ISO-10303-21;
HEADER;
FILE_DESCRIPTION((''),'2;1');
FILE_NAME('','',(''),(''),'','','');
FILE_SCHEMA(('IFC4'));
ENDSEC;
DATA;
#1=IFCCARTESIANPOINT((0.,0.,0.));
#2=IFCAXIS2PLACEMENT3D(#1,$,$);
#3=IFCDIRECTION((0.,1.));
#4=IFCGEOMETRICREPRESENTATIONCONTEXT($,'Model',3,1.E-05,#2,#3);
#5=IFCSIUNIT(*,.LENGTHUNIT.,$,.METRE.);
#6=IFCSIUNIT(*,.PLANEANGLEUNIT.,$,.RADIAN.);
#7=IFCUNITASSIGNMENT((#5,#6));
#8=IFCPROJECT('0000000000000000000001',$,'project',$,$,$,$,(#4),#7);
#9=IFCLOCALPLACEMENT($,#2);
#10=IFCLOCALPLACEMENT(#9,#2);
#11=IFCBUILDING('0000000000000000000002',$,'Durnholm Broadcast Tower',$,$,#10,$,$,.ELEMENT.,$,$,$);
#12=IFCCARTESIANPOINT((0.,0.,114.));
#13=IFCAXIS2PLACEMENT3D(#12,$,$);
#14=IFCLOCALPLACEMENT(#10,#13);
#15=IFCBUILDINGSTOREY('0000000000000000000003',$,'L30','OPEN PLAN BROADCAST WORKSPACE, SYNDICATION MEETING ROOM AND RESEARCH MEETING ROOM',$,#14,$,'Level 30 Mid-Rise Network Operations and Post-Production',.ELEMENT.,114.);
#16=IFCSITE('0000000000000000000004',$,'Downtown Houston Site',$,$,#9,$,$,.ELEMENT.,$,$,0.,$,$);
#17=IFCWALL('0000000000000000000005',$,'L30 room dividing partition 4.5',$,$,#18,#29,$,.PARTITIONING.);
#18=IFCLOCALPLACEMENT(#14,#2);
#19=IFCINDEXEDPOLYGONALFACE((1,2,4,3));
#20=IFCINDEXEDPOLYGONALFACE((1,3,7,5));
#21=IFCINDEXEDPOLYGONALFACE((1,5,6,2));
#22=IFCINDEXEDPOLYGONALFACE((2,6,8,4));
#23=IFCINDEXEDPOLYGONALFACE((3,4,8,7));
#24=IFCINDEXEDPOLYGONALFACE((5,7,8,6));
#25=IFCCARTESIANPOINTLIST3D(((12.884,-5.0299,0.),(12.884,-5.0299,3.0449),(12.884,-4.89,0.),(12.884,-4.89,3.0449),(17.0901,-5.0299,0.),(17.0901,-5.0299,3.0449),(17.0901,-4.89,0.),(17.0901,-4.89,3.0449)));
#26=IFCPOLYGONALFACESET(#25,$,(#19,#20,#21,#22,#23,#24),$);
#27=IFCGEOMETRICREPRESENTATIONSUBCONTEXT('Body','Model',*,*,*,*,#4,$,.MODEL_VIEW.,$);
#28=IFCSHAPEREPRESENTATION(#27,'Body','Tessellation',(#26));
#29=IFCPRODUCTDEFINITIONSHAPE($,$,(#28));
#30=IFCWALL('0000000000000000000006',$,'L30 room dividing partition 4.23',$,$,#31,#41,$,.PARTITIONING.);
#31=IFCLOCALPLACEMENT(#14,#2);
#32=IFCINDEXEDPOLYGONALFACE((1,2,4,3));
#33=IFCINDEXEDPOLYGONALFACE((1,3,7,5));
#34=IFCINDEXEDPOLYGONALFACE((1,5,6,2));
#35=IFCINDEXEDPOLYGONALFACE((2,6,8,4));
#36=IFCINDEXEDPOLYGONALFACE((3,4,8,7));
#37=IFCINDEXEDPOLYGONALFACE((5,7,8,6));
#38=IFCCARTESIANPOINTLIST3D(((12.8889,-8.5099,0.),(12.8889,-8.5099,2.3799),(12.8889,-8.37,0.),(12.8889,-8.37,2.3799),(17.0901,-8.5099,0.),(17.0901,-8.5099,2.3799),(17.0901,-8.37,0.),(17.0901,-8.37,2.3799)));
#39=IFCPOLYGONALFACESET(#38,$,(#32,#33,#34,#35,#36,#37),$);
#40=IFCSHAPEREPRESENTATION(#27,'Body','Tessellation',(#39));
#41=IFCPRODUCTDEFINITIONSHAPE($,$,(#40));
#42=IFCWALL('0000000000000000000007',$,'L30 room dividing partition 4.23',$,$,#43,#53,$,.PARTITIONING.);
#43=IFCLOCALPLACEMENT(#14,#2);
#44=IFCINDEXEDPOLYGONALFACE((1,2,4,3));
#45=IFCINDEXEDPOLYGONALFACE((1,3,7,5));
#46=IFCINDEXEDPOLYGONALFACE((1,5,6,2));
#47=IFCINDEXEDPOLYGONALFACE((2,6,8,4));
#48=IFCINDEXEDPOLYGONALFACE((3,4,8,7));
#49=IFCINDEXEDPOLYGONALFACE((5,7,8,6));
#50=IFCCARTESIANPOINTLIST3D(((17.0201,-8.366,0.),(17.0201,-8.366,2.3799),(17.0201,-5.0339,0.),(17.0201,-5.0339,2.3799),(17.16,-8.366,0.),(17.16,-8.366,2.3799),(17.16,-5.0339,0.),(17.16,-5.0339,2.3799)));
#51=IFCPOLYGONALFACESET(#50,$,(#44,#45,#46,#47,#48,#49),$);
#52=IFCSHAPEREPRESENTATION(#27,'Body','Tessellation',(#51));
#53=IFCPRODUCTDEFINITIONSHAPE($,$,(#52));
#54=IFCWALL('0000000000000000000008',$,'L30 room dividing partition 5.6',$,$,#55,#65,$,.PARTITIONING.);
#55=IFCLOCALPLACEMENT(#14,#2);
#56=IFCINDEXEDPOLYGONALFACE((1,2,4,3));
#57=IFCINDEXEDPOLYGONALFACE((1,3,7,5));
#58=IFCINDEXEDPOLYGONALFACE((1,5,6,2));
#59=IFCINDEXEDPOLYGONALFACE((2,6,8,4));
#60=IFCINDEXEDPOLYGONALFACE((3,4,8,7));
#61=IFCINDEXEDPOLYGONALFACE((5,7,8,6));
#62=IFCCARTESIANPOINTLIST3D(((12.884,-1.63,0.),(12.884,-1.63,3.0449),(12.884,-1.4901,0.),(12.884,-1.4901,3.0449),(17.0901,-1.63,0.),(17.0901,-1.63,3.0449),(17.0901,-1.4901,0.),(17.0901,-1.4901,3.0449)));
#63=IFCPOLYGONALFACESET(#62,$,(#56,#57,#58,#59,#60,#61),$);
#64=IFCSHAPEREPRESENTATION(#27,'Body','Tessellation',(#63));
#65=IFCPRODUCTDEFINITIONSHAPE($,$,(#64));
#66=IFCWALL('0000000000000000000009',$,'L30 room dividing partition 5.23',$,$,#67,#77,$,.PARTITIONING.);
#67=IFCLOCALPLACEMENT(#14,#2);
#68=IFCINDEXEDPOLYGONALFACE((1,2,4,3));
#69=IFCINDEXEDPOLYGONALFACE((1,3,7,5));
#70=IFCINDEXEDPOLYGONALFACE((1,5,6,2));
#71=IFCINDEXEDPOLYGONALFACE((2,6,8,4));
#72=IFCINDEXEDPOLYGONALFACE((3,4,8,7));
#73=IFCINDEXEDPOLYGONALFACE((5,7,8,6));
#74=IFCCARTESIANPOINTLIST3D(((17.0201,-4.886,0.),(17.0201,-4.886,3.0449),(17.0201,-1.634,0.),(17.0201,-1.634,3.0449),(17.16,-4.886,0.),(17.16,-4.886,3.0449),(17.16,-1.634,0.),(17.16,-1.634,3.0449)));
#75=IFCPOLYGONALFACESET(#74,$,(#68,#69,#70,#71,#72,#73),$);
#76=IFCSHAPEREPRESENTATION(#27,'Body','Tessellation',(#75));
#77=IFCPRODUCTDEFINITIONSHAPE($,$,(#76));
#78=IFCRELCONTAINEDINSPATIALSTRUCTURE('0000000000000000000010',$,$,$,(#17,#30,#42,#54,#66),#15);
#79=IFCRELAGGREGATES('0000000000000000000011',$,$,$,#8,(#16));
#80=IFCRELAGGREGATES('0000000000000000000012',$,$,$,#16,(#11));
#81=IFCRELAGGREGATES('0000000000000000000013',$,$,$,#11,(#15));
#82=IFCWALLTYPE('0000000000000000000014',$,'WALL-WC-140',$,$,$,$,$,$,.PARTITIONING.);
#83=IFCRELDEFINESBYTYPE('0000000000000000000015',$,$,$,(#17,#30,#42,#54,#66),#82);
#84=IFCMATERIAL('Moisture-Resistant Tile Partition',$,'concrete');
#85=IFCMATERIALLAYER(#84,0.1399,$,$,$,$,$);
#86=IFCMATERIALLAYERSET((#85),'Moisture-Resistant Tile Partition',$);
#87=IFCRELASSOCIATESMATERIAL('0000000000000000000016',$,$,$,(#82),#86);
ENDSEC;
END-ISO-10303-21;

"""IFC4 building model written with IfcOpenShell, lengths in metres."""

from ifc_helpers import new_model, si_unit, direction, frame, frame_2d, origin, place, context, subcontext, project, spatial, rectangle, extrude, material, layer, layer_set, type_object, element, save


model = new_model("IFC4")

# Units and contexts
model_context = context("Model", 3, precision=1e-05, world=origin(), true_north=direction((0.0, 1.0)))
body_context = subcontext(model_context, "Body", "Model", "MODEL_VIEW")
ifc_project = project(units=[si_unit("LENGTHUNIT", "METRE"), si_unit("PLANEANGLEUNIT", "RADIAN")], contexts=[model_context])

# Site, building, storey
site_placement = place(None, origin())
site = spatial("IfcSite", under=ifc_project, at=site_placement, Name="Downtown Houston Site", CompositionType="ELEMENT", RefElevation=0.0)
building_placement = place(site_placement, origin())
building = spatial("IfcBuilding", under=site, at=building_placement, Name="Durnholm Broadcast Tower", CompositionType="ELEMENT")
storey_placement = place(building_placement, frame((0.0, 0.0, 114.0)))
storey = spatial("IfcBuildingStorey", under=building, at=storey_placement, Name="L30", Description="OPEN PLAN BROADCAST WORKSPACE, SYNDICATION MEETING ROOM AND RESEARCH MEETING ROOM", LongName="Level 30 Mid-Rise Network Operations and Post-Production", CompositionType="ELEMENT", Elevation=114.0)

# Shared definitions
ifc_material_1 = material(Name="Moisture-Resistant Tile Partition", Category="concrete")
ifc_layer_1 = layer(ifc_material_1, 0.1399)
ifc_layer_set_1 = layer_set([ifc_layer_1], Name="Moisture-Resistant Tile Partition")
wall_type_1 = type_object("IfcWallType", Name="WALL-WC-140", PredefinedType="PARTITIONING", material=ifc_layer_set_1)

# Walls
wall_1_placement = place(storey_placement, frame((12.884, -4.96, 0.0), z_axis=(0.0, 0.0, 1.0), x_axis=(1.0, 0.0, 0.0)))
element("IfcWall", 1, at=wall_1_placement, inside=storey, type_object=wall_type_1, Name="L30 room dividing partition 4.5", PredefinedType="PARTITIONING", context=body_context, shape_type="SweptSolid", body=[
    extrude(rectangle(XDim=4.2061, YDim=0.1399, at=frame_2d((2.103, 0.0))), origin(), (0.0, 0.0, 1.0), 3.0449),
])
wall_2_placement = place(storey_placement, frame((17.0901, -8.4399, 0.0), z_axis=(0.0, 0.0, 1.0), x_axis=(-1.0, 0.0, 0.0)))
element("IfcWall", 2, at=wall_2_placement, inside=storey, type_object=wall_type_1, Name="L30 room dividing partition 4.23", PredefinedType="PARTITIONING", context=body_context, shape_type="SweptSolid", body=[
    extrude(rectangle(XDim=4.2012, YDim=0.1399, at=frame_2d((2.1006, 0.0))), origin(), (0.0, 0.0, 1.0), 2.3799),
])
wall_3_placement = place(storey_placement, frame((17.0901, -5.0339, 0.0), z_axis=(0.0, 0.0, 1.0), x_axis=(0.0, -1.0, 0.0)))
element("IfcWall", 3, at=wall_3_placement, inside=storey, type_object=wall_type_1, Name="L30 room dividing partition 4.23", PredefinedType="PARTITIONING", context=body_context, shape_type="SweptSolid", body=[
    extrude(rectangle(XDim=3.332, YDim=0.1399, at=frame_2d((1.666, 0.0))), origin(), (0.0, 0.0, 1.0), 2.3799),
])
wall_4_placement = place(storey_placement, frame((12.884, -1.5601, 0.0), z_axis=(0.0, 0.0, 1.0), x_axis=(1.0, 0.0, 0.0)))
element("IfcWall", 4, at=wall_4_placement, inside=storey, type_object=wall_type_1, Name="L30 room dividing partition 5.6", PredefinedType="PARTITIONING", context=body_context, shape_type="SweptSolid", body=[
    extrude(rectangle(XDim=4.2061, YDim=0.1399, at=frame_2d((2.103, 0.0))), origin(), (0.0, 0.0, 1.0), 3.0449),
])
wall_5_placement = place(storey_placement, frame((17.0901, -1.634, 0.0), z_axis=(0.0, 0.0, 1.0), x_axis=(0.0, -1.0, 0.0)))
element("IfcWall", 5, at=wall_5_placement, inside=storey, type_object=wall_type_1, Name="L30 room dividing partition 5.23", PredefinedType="PARTITIONING", context=body_context, shape_type="SweptSolid", body=[
    extrude(rectangle(XDim=3.252, YDim=0.1399, at=frame_2d((1.626, 0.0))), origin(), (0.0, 0.0, 1.0), 3.0449),
])

save(model, "model.ifc")
